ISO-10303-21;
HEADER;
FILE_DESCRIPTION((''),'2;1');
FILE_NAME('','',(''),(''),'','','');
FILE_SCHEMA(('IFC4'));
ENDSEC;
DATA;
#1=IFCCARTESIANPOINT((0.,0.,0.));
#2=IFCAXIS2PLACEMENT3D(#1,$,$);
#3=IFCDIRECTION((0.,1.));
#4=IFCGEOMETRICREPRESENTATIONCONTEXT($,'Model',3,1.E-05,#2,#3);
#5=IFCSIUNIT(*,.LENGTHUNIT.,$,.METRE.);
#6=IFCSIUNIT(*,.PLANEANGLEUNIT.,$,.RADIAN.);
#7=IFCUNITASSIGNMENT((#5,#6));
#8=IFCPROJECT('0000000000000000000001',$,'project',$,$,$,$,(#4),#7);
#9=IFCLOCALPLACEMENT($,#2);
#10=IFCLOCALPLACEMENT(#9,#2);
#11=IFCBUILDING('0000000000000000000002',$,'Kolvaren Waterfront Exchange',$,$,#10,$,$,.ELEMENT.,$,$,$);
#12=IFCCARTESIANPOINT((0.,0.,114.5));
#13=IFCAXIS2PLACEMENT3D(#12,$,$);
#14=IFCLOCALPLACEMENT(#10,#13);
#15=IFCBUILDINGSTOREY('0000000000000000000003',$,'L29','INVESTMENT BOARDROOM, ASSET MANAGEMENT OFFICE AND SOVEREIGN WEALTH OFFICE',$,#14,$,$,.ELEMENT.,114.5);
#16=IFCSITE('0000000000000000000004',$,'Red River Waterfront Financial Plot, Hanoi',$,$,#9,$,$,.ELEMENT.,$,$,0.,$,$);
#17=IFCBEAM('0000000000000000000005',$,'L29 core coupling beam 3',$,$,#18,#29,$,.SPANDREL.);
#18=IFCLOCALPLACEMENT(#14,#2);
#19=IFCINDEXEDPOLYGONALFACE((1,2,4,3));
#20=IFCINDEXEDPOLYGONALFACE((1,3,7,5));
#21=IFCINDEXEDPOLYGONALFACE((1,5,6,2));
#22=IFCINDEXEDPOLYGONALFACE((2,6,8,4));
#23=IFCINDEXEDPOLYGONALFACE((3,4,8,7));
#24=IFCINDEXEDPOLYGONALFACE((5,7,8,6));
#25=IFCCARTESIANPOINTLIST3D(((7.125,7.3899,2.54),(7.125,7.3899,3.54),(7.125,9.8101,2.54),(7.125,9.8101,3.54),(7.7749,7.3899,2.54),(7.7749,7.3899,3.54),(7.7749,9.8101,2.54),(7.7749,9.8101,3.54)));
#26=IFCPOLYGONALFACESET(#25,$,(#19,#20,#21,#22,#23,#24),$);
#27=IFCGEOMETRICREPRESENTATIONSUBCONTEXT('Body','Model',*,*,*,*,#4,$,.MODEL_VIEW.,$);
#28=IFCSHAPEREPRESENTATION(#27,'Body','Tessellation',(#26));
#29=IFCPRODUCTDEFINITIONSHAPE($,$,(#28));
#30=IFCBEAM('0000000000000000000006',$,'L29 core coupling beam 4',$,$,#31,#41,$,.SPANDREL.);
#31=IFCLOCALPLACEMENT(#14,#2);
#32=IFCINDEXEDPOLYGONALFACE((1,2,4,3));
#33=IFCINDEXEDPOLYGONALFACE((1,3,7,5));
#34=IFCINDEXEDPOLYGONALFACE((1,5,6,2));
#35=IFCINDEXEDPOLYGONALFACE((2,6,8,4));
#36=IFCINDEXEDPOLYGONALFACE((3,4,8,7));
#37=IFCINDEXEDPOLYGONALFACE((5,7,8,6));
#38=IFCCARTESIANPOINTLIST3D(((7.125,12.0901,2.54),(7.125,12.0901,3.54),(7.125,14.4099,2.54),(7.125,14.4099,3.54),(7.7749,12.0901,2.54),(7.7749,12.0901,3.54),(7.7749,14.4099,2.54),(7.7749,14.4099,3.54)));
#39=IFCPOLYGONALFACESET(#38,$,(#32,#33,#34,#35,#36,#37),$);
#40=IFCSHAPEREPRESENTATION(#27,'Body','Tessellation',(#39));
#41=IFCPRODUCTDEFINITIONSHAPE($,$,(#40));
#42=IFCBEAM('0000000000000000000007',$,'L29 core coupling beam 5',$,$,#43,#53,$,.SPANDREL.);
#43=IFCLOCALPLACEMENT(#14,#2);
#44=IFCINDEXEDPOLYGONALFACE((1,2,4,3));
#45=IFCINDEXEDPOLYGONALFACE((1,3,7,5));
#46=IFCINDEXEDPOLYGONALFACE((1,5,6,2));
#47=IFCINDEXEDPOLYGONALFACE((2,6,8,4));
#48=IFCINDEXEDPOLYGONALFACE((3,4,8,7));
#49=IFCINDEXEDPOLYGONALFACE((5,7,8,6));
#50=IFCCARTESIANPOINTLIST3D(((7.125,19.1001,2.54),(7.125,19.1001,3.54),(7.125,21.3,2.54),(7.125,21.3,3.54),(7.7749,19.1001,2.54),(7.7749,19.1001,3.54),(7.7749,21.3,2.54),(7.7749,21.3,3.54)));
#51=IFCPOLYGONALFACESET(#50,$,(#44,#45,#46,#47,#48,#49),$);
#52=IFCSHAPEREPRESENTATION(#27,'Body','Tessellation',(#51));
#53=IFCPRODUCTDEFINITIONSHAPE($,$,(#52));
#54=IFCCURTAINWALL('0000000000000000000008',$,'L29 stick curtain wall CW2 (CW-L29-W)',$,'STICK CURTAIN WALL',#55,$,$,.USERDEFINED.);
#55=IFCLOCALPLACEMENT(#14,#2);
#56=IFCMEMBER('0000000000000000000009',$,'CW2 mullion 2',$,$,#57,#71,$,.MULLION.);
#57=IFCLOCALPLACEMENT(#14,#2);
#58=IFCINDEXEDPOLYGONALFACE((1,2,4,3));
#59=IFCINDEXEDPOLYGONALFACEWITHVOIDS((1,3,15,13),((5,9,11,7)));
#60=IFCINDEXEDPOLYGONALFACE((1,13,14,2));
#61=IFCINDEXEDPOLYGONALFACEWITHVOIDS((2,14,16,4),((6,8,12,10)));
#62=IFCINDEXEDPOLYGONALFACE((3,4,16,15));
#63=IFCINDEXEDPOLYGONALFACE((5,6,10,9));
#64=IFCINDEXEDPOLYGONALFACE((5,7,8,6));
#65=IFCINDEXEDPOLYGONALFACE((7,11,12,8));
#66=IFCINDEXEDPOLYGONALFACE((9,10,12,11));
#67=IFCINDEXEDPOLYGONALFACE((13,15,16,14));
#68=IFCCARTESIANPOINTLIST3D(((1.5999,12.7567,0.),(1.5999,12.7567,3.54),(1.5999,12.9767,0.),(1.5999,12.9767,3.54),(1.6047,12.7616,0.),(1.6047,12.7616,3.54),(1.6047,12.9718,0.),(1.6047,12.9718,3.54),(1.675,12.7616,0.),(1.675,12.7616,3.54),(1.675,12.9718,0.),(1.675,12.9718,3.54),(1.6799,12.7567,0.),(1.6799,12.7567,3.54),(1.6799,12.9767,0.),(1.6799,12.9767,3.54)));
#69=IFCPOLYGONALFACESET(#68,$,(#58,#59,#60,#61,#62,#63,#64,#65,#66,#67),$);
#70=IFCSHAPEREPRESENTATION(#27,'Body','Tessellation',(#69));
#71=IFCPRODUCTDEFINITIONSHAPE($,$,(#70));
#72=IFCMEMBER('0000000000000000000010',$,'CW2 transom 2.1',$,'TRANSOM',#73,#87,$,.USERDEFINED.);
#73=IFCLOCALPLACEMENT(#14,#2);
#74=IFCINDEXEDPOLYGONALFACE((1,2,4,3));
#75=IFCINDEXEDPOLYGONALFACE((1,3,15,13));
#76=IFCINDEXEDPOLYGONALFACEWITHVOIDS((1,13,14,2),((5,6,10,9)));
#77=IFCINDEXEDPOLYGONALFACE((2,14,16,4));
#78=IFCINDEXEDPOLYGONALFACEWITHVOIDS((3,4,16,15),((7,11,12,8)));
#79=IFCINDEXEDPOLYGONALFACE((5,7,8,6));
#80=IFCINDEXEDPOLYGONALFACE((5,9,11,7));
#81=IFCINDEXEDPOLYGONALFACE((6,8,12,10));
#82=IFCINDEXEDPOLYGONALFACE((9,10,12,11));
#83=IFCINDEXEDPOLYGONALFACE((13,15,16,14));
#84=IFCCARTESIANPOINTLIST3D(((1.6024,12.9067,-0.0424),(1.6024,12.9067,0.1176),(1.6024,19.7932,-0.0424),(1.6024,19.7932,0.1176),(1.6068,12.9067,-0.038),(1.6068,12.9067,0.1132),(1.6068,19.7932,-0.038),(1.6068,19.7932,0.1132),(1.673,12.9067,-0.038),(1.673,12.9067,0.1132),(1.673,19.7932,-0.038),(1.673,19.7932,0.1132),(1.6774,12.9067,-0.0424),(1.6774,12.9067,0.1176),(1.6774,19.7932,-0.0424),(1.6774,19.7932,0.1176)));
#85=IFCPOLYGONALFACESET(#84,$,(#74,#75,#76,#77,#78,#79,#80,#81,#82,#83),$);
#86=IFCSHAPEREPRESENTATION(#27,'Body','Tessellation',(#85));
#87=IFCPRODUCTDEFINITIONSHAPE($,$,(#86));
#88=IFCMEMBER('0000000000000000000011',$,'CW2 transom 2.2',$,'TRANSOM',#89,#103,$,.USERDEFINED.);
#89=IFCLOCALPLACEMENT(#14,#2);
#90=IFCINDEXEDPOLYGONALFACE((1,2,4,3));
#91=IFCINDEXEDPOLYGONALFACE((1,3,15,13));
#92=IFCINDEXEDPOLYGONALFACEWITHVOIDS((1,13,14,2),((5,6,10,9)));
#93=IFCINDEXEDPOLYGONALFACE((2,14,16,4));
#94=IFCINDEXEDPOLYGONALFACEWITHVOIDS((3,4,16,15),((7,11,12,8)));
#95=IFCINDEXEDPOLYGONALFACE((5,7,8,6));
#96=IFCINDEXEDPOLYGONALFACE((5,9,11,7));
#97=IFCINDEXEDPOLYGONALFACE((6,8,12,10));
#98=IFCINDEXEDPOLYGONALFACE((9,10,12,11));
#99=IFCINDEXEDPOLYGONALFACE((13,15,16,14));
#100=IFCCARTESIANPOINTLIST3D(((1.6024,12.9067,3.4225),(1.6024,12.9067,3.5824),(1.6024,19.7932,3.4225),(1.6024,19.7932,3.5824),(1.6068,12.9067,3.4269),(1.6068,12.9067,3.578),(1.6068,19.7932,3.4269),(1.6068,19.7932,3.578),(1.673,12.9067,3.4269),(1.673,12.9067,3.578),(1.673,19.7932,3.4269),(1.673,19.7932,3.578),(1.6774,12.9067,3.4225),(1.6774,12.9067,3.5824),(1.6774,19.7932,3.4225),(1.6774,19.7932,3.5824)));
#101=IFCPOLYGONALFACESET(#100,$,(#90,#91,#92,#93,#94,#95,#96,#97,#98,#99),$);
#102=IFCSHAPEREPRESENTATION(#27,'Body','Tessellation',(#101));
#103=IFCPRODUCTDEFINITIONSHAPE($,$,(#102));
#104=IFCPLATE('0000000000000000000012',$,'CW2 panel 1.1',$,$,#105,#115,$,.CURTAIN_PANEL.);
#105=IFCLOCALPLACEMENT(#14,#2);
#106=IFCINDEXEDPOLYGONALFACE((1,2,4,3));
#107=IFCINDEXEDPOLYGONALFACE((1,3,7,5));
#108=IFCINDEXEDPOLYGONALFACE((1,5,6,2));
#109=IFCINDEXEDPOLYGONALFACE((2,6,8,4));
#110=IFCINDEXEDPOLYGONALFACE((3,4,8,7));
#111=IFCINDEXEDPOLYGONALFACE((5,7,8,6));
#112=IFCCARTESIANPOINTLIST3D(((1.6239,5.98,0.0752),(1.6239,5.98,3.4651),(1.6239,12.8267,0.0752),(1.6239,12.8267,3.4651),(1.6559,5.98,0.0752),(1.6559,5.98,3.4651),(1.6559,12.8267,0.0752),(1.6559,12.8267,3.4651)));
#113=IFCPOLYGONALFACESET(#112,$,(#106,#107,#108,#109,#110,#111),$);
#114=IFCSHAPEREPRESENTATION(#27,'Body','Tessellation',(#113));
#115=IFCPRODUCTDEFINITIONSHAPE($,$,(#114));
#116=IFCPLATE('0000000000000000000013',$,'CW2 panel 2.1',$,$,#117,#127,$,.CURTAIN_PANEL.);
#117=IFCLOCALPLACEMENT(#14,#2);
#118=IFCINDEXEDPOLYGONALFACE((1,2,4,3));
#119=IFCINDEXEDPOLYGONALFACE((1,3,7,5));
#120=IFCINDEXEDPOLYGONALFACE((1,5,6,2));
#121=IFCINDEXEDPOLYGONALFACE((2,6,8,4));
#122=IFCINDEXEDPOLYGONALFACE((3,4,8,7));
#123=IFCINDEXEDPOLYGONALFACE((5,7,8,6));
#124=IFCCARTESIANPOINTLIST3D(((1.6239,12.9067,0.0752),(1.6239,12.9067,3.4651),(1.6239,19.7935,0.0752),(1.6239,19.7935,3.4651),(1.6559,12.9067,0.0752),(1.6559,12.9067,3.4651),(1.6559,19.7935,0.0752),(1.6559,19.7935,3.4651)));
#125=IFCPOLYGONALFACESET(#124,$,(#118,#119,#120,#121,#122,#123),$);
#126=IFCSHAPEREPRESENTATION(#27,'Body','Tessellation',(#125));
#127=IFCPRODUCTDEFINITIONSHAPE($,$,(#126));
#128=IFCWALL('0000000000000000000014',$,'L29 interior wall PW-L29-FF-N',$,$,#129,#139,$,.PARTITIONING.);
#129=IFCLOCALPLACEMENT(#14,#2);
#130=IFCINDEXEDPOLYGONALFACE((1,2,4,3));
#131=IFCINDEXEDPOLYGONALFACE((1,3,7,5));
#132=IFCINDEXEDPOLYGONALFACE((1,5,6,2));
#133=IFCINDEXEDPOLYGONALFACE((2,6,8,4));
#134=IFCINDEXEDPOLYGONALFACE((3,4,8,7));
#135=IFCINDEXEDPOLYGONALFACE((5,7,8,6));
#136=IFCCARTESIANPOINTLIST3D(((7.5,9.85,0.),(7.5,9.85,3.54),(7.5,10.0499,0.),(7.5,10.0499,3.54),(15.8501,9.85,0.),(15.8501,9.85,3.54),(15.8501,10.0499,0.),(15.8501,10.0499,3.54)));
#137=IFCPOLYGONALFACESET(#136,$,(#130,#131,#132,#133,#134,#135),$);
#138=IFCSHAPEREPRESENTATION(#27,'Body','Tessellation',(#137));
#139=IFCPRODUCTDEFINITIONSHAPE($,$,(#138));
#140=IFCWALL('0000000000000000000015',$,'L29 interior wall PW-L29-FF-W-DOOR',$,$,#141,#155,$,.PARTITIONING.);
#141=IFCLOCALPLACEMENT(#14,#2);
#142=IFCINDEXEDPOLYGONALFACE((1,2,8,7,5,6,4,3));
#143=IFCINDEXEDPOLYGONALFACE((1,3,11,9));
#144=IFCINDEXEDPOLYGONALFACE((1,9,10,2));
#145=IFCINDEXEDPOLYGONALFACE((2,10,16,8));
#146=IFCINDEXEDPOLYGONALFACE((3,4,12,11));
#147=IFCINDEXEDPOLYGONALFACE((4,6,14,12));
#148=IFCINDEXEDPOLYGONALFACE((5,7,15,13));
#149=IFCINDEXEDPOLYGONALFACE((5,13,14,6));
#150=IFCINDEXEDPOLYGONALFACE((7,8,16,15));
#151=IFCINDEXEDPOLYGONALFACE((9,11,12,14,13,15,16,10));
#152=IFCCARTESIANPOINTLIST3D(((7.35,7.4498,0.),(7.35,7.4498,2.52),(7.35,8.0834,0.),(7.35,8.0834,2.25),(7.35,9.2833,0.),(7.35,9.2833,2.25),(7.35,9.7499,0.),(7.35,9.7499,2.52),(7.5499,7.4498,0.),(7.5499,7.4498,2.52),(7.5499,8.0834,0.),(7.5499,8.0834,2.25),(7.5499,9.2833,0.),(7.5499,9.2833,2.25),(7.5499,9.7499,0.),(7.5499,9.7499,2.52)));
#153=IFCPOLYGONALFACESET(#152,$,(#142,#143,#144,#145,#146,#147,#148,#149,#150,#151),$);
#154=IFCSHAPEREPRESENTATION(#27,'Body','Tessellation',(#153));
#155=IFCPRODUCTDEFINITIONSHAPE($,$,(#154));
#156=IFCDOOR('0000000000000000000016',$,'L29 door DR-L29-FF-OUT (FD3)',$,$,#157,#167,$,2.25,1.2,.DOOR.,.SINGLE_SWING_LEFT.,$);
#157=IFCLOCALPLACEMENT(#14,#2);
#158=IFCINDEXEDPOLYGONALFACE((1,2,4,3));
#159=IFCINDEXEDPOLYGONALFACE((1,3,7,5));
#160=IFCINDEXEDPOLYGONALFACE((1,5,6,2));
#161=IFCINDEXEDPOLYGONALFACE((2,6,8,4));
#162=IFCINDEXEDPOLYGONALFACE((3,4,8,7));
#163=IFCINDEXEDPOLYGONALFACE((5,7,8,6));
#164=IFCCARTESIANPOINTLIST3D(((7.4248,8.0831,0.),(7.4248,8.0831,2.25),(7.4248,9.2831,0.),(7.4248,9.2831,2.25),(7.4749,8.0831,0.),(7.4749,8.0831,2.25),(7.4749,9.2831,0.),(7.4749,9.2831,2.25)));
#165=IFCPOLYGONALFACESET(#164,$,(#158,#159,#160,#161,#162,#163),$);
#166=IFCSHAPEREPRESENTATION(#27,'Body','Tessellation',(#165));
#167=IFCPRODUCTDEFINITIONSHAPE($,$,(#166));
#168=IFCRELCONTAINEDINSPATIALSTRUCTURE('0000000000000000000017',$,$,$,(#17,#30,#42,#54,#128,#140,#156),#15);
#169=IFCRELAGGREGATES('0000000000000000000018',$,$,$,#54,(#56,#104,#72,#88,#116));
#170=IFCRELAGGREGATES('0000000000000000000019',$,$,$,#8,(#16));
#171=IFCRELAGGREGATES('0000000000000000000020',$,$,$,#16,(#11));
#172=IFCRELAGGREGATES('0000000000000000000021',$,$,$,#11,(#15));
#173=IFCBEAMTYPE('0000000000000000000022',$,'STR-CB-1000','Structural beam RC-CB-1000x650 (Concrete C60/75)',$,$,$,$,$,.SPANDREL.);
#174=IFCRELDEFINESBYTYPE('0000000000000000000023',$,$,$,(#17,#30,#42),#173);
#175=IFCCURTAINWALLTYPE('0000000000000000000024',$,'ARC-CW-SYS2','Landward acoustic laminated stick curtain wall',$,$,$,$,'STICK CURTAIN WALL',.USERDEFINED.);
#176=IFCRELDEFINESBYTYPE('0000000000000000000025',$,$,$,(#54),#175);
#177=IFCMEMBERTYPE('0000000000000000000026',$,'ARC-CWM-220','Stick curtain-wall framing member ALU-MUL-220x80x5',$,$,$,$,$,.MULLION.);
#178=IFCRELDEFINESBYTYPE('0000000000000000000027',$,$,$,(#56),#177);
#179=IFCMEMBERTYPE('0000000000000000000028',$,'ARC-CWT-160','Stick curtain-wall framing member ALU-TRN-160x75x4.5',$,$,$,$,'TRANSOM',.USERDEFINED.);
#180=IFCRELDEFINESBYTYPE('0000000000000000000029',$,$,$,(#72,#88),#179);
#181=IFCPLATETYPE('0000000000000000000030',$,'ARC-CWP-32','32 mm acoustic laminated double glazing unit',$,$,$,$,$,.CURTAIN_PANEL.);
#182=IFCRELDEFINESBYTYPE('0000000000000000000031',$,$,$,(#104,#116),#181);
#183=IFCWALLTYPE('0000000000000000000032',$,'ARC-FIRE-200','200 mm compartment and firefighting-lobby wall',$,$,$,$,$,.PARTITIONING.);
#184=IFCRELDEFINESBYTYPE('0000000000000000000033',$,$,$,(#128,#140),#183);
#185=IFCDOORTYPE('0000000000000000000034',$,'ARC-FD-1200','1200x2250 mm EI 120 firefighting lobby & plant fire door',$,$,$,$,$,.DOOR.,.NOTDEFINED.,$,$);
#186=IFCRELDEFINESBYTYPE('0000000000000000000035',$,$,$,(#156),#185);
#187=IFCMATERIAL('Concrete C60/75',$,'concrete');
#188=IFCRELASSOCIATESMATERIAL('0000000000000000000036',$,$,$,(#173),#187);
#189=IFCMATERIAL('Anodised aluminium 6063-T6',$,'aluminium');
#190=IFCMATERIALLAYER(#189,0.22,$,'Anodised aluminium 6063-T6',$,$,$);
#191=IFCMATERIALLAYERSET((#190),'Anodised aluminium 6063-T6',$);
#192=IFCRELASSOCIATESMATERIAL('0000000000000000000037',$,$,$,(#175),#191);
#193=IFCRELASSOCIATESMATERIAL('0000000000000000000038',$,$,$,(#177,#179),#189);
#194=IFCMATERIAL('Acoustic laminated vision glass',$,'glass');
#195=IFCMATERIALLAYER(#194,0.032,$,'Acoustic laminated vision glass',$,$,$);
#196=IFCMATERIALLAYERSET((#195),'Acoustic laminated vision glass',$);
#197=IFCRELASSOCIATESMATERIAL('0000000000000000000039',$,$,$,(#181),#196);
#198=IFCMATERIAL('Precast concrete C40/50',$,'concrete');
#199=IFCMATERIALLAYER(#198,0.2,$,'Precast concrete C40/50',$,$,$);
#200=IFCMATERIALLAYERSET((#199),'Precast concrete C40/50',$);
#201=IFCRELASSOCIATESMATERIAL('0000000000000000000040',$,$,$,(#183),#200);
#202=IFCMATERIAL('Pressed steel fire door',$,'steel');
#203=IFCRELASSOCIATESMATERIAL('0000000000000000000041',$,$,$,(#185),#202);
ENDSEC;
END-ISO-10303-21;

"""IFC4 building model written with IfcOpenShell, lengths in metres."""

from ifc_helpers import new_model, si_unit, direction, frame, frame_2d, origin, origin_with_axes, origin_2d, place, context, subcontext, project, spatial, rectangle, hollow_rectangle, extrude, source, transform, mapped, material, layer, layer_set, material_profile, profile_set, type_object, element, fill, aggregate, save


model = new_model("IFC4")

# Units and contexts
model_context = context("Model", 3, precision=1e-05, world=origin(), true_north=direction((0.0, 1.0)))
body_context = subcontext(model_context, "Body", "Model", "MODEL_VIEW")
ifc_project = project(units=[si_unit("LENGTHUNIT", "METRE"), si_unit("PLANEANGLEUNIT", "RADIAN")], contexts=[model_context])

# Site, building, storey
site_placement = place(None, origin())
site = spatial("IfcSite", under=ifc_project, at=site_placement, Name="Red River Waterfront Financial Plot, Hanoi", CompositionType="ELEMENT", RefElevation=0.0)
building_placement = place(site_placement, origin())
building = spatial("IfcBuilding", under=site, at=building_placement, Name="Kolvaren Waterfront Exchange", CompositionType="ELEMENT")
storey_placement = place(building_placement, frame((0.0, 0.0, 114.5)))
storey = spatial("IfcBuildingStorey", under=building, at=storey_placement, Name="L29", Description="INVESTMENT BOARDROOM, ASSET MANAGEMENT OFFICE AND SOVEREIGN WEALTH OFFICE", CompositionType="ELEMENT", Elevation=114.5)

# Beams
ifc_material_1 = material(Name="Concrete C60/75", Category="concrete")
ifc_material_profile_1 = material_profile(ifc_material_1, rectangle(XDim=0.6499, YDim=1.0, at=origin_2d()), Name="RC-CB-1000x650")
ifc_profile_set_1 = profile_set([ifc_material_profile_1], Name="Concrete C60/75")
beam_type = type_object("IfcBeamType", Name="STR-CB-1000", Description="Structural beam RC-CB-1000x650 (Concrete C60/75)", PredefinedType="SPANDREL", material=ifc_profile_set_1)
beam_1_placement = place(storey_placement, frame((7.45, 7.3899, 3.04), z_axis=(0.0, 1.0, 0.0), x_axis=(-1.0, 0.0, 0.0)))
element("IfcBeam", 1, at=beam_1_placement, inside=storey, type_object=beam_type, Name="L29 core coupling beam 3", PredefinedType="SPANDREL", context=body_context, shape_type="SweptSolid", body=[
    extrude(rectangle(XDim=0.6499, YDim=1.0, at=origin_2d()), origin(), (0.0, 0.0, 1.0), 2.4202),
])
beam_2_placement = place(storey_placement, frame((7.45, 12.0901, 3.04), z_axis=(0.0, 1.0, 0.0), x_axis=(-1.0, 0.0, 0.0)))
element("IfcBeam", 2, at=beam_2_placement, inside=storey, type_object=beam_type, Name="L29 core coupling beam 4", PredefinedType="SPANDREL", context=body_context, shape_type="SweptSolid", body=[
    extrude(rectangle(XDim=0.6499, YDim=1.0, at=origin_2d()), origin(), (0.0, 0.0, 1.0), 2.3198),
])
beam_3_placement = place(storey_placement, frame((7.45, 19.1001, 3.04), z_axis=(0.0, 1.0, 0.0), x_axis=(-1.0, 0.0, 0.0)))
element("IfcBeam", 3, at=beam_3_placement, inside=storey, type_object=beam_type, Name="L29 core coupling beam 5", PredefinedType="SPANDREL", context=body_context, shape_type="SweptSolid", body=[
    extrude(rectangle(XDim=0.6499, YDim=1.0, at=origin_2d()), origin(), (0.0, 0.0, 1.0), 2.2),
])

# Curtain wall, members, plates
ifc_material_2 = material(Name="Anodised aluminium 6063-T6", Category="aluminium")
ifc_layer_1 = layer(ifc_material_2, 0.22, Name="Anodised aluminium 6063-T6")
ifc_layer_set_1 = layer_set([ifc_layer_1], Name="Anodised aluminium 6063-T6")
curtain_wall_type = type_object("IfcCurtainWallType", Name="ARC-CW-SYS2", Description="Landward acoustic laminated stick curtain wall", ElementType="STICK CURTAIN WALL", PredefinedType="USERDEFINED", material=ifc_layer_set_1)
curtain_wall_placement = place(storey_placement, origin())
curtain_wall = element("IfcCurtainWall", 4, at=curtain_wall_placement, inside=storey, type_object=curtain_wall_type, Name="L29 stick curtain wall CW2 (CW-L29-W)", ObjectType="STICK CURTAIN WALL", PredefinedType="USERDEFINED")
ifc_material_profile_2 = material_profile(ifc_material_2, hollow_rectangle(XDim=0.0801, YDim=0.22, WallThickness=0.0049, at=origin_2d()), Name="ALU-MUL-220x80x5")
ifc_profile_set_2 = profile_set([ifc_material_profile_2], Name="Anodised aluminium 6063-T6")
member_type_1 = type_object("IfcMemberType", Name="ARC-CWM-220", Description="Stick curtain-wall framing member ALU-MUL-220x80x5", PredefinedType="MULLION", material=ifc_profile_set_2)
shared_shape_1 = source(origin_with_axes(), body_context, "Body", "SweptSolid", [
    extrude(hollow_rectangle(XDim=0.0801, YDim=0.22, WallThickness=0.0049, at=origin_2d()), origin(), (0.0, 0.0, 1.0), 3.54),
])
member_1_placement = place(storey_placement, frame((1.6399, 12.8667, 0.0), z_axis=(0.0, 0.0, 1.0), x_axis=(-1.0, 0.0, 0.0)))
member_1 = element("IfcMember", 5, at=member_1_placement, type_object=member_type_1, Name="CW2 mullion 2", PredefinedType="MULLION", context=body_context, shape_type="MappedRepresentation", body=[
    mapped(shared_shape_1, transform((0.0, 0.0, 0.0), x_axis=(1.0, 0.0, 0.0), y_axis=(0.0, 1.0, 0.0), z_axis=(0.0, 0.0, 1.0), scale=1.0)),
])
ifc_material_profile_3 = material_profile(ifc_material_2, hollow_rectangle(XDim=0.075, YDim=0.1599, WallThickness=0.0044, at=origin_2d()), Name="ALU-TRN-160x75x4.5")
ifc_profile_set_3 = profile_set([ifc_material_profile_3], Name="Anodised aluminium 6063-T6")
member_type_2 = type_object("IfcMemberType", Name="ARC-CWT-160", Description="Stick curtain-wall framing member ALU-TRN-160x75x4.5", ElementType="TRANSOM", PredefinedType="USERDEFINED", material=ifc_profile_set_3)
shared_shape_2 = source(origin_with_axes(), body_context, "Body", "SweptSolid", [
    extrude(hollow_rectangle(XDim=0.075, YDim=0.1599, WallThickness=0.0044, at=origin_2d()), origin(), (0.0, 0.0, 1.0), 6.8865),
])
member_2_placement = place(storey_placement, frame((1.6399, 12.9067, 0.0376), z_axis=(0.0, 1.0, 0.0), x_axis=(-1.0, 0.0, 0.0)))
member_2 = element("IfcMember", 6, at=member_2_placement, type_object=member_type_2, Name="CW2 transom 2.1", ObjectType="TRANSOM", PredefinedType="USERDEFINED", context=body_context, shape_type="MappedRepresentation", body=[
    mapped(shared_shape_2, transform((0.0, 0.0, 0.0), x_axis=(1.0, 0.0, 0.0), y_axis=(0.0, 1.0, 0.0), z_axis=(0.0, 0.0, 1.0), scale=1.0)),
])
member_3_placement = place(storey_placement, frame((1.6399, 12.9067, 3.5024), z_axis=(0.0, 1.0, 0.0), x_axis=(-1.0, 0.0, 0.0)))
member_3 = element("IfcMember", 7, at=member_3_placement, type_object=member_type_2, Name="CW2 transom 2.2", ObjectType="TRANSOM", PredefinedType="USERDEFINED", context=body_context, shape_type="MappedRepresentation", body=[
    mapped(shared_shape_2, transform((0.0, 0.0, 0.0), x_axis=(1.0, 0.0, 0.0), y_axis=(0.0, 1.0, 0.0), z_axis=(0.0, 0.0, 1.0), scale=1.0)),
])
ifc_material_3 = material(Name="Acoustic laminated vision glass", Category="glass")
ifc_layer_2 = layer(ifc_material_3, 0.032, Name="Acoustic laminated vision glass")
ifc_layer_set_2 = layer_set([ifc_layer_2], Name="Acoustic laminated vision glass")
plate_type = type_object("IfcPlateType", Name="ARC-CWP-32", Description="32 mm acoustic laminated double glazing unit", PredefinedType="CURTAIN_PANEL", material=ifc_layer_set_2)
shared_shape_3 = source(origin_with_axes(), body_context, "Body", "SweptSolid", [
    extrude(rectangle(XDim=6.8467, YDim=0.032, at=origin_2d()), origin(), (0.0, 0.0, 1.0), 3.3899),
])
plate_1_placement = place(storey_placement, frame((1.6399, 9.4033, 0.0752), z_axis=(0.0, 0.0, 1.0), x_axis=(0.0, 1.0, 0.0)))
plate_1 = element("IfcPlate", 8, at=plate_1_placement, type_object=plate_type, Name="CW2 panel 1.1", PredefinedType="CURTAIN_PANEL", context=body_context, shape_type="MappedRepresentation", body=[
    mapped(shared_shape_3, transform((0.0, 0.0, 0.0), x_axis=(1.0, 0.0, 0.0), y_axis=(0.0, 1.0, 0.0), z_axis=(0.0, 0.0, 1.0), scale=1.0)),
])
shared_shape_4 = source(origin_with_axes(), body_context, "Body", "SweptSolid", [
    extrude(rectangle(XDim=6.8867, YDim=0.032, at=origin_2d()), origin(), (0.0, 0.0, 1.0), 3.3899),
])
plate_2_placement = place(storey_placement, frame((1.6399, 16.3501, 0.0752), z_axis=(0.0, 0.0, 1.0), x_axis=(0.0, 1.0, 0.0)))
plate_2 = element("IfcPlate", 9, at=plate_2_placement, type_object=plate_type, Name="CW2 panel 2.1", PredefinedType="CURTAIN_PANEL", context=body_context, shape_type="MappedRepresentation", body=[
    mapped(shared_shape_4, transform((0.0, 0.0, 0.0), x_axis=(1.0, 0.0, 0.0), y_axis=(0.0, 1.0, 0.0), z_axis=(0.0, 0.0, 1.0), scale=1.0)),
])
aggregate(curtain_wall, [member_1, plate_1, member_2, member_3, plate_2])

# Wall
ifc_material_4 = material(Name="Precast concrete C40/50", Category="concrete")
ifc_layer_3 = layer(ifc_material_4, 0.2, Name="Precast concrete C40/50")
ifc_layer_set_3 = layer_set([ifc_layer_3], Name="Precast concrete C40/50")
wall_type_1 = type_object("IfcWallType", Name="ARC-FIRE-200", Description="200 mm compartment and firefighting-lobby wall", PredefinedType="PARTITIONING", material=ifc_layer_set_3)
wall_1_placement = place(storey_placement, frame((7.5, 9.95, 0.0), z_axis=(0.0, 0.0, 1.0), x_axis=(1.0, 0.0, 0.0)))
element("IfcWall", 10, at=wall_1_placement, inside=storey, type_object=wall_type_1, Name="L29 interior wall PW-L29-FF-N", PredefinedType="PARTITIONING", context=body_context, shape_type="SweptSolid", body=[
    extrude(rectangle(XDim=8.3501, YDim=0.2, at=frame_2d((4.175, 0.0))), origin(), (0.0, 0.0, 1.0), 3.54),
])

# Wall, opening, door
wall_2_placement = place(storey_placement, frame((7.45, 7.45, 0.0), z_axis=(0.0, 0.0, 1.0), x_axis=(0.0, 1.0, 0.0)))
wall_2 = element("IfcWall", 11, at=wall_2_placement, inside=storey, type_object=wall_type_1, Name="L29 interior wall PW-L29-FF-W-DOOR", PredefinedType="PARTITIONING", context=body_context, shape_type="SweptSolid", body=[
    extrude(rectangle(XDim=2.3, YDim=0.2, at=frame_2d((1.1499, 0.0))), origin(), (0.0, 0.0, 1.0), 2.52),
])
opening_1_placement = place(wall_2_placement, frame((0.6333, 0.0, 0.0)))
opening_1 = element("IfcOpeningElement", 12, at=opening_1_placement, cuts=wall_2, PredefinedType="OPENING", context=body_context, shape_type="SweptSolid", body=[
    extrude(rectangle(XDim=1.2, YDim=2.25, at=frame_2d((0.6001, 1.125))), frame((0.0, 0.1099, 0.0), z_axis=(0.0, -1.0, 0.0), x_axis=(1.0, 0.0, 0.0)), (0.0, 0.0, 1.0), 0.22),
])
ifc_material_5 = material(Name="Pressed steel fire door", Category="steel")
door_type_1 = type_object("IfcDoorType", Name="ARC-FD-1200", Description="1200x2250 mm EI 120 firefighting lobby & plant fire door", OperationType="NOTDEFINED", PredefinedType="DOOR", material=ifc_material_5)
door_1_placement = place(opening_1_placement, frame((1.2, 0.0, 0.0), z_axis=(0.0, 0.0, 1.0), x_axis=(-1.0, 0.0, 0.0)))
door_1 = element("IfcDoor", 13, at=door_1_placement, inside=storey, type_object=door_type_1, Name="L29 door DR-L29-FF-OUT (FD3)", OperationType="SINGLE_SWING_LEFT", OverallHeight=2.25, OverallWidth=1.2, PredefinedType="DOOR", context=body_context, shape_type="SweptSolid", body=[
    extrude(rectangle(XDim=1.2, YDim=2.25, at=frame_2d((0.6001, 1.125))), frame((0.0, 0.0249, 0.0), z_axis=(0.0, -1.0, 0.0), x_axis=(1.0, 0.0, 0.0)), (0.0, 0.0, 1.0), 0.05),
])
fill(opening_1, door_1)

save(model, "model.ifc")
